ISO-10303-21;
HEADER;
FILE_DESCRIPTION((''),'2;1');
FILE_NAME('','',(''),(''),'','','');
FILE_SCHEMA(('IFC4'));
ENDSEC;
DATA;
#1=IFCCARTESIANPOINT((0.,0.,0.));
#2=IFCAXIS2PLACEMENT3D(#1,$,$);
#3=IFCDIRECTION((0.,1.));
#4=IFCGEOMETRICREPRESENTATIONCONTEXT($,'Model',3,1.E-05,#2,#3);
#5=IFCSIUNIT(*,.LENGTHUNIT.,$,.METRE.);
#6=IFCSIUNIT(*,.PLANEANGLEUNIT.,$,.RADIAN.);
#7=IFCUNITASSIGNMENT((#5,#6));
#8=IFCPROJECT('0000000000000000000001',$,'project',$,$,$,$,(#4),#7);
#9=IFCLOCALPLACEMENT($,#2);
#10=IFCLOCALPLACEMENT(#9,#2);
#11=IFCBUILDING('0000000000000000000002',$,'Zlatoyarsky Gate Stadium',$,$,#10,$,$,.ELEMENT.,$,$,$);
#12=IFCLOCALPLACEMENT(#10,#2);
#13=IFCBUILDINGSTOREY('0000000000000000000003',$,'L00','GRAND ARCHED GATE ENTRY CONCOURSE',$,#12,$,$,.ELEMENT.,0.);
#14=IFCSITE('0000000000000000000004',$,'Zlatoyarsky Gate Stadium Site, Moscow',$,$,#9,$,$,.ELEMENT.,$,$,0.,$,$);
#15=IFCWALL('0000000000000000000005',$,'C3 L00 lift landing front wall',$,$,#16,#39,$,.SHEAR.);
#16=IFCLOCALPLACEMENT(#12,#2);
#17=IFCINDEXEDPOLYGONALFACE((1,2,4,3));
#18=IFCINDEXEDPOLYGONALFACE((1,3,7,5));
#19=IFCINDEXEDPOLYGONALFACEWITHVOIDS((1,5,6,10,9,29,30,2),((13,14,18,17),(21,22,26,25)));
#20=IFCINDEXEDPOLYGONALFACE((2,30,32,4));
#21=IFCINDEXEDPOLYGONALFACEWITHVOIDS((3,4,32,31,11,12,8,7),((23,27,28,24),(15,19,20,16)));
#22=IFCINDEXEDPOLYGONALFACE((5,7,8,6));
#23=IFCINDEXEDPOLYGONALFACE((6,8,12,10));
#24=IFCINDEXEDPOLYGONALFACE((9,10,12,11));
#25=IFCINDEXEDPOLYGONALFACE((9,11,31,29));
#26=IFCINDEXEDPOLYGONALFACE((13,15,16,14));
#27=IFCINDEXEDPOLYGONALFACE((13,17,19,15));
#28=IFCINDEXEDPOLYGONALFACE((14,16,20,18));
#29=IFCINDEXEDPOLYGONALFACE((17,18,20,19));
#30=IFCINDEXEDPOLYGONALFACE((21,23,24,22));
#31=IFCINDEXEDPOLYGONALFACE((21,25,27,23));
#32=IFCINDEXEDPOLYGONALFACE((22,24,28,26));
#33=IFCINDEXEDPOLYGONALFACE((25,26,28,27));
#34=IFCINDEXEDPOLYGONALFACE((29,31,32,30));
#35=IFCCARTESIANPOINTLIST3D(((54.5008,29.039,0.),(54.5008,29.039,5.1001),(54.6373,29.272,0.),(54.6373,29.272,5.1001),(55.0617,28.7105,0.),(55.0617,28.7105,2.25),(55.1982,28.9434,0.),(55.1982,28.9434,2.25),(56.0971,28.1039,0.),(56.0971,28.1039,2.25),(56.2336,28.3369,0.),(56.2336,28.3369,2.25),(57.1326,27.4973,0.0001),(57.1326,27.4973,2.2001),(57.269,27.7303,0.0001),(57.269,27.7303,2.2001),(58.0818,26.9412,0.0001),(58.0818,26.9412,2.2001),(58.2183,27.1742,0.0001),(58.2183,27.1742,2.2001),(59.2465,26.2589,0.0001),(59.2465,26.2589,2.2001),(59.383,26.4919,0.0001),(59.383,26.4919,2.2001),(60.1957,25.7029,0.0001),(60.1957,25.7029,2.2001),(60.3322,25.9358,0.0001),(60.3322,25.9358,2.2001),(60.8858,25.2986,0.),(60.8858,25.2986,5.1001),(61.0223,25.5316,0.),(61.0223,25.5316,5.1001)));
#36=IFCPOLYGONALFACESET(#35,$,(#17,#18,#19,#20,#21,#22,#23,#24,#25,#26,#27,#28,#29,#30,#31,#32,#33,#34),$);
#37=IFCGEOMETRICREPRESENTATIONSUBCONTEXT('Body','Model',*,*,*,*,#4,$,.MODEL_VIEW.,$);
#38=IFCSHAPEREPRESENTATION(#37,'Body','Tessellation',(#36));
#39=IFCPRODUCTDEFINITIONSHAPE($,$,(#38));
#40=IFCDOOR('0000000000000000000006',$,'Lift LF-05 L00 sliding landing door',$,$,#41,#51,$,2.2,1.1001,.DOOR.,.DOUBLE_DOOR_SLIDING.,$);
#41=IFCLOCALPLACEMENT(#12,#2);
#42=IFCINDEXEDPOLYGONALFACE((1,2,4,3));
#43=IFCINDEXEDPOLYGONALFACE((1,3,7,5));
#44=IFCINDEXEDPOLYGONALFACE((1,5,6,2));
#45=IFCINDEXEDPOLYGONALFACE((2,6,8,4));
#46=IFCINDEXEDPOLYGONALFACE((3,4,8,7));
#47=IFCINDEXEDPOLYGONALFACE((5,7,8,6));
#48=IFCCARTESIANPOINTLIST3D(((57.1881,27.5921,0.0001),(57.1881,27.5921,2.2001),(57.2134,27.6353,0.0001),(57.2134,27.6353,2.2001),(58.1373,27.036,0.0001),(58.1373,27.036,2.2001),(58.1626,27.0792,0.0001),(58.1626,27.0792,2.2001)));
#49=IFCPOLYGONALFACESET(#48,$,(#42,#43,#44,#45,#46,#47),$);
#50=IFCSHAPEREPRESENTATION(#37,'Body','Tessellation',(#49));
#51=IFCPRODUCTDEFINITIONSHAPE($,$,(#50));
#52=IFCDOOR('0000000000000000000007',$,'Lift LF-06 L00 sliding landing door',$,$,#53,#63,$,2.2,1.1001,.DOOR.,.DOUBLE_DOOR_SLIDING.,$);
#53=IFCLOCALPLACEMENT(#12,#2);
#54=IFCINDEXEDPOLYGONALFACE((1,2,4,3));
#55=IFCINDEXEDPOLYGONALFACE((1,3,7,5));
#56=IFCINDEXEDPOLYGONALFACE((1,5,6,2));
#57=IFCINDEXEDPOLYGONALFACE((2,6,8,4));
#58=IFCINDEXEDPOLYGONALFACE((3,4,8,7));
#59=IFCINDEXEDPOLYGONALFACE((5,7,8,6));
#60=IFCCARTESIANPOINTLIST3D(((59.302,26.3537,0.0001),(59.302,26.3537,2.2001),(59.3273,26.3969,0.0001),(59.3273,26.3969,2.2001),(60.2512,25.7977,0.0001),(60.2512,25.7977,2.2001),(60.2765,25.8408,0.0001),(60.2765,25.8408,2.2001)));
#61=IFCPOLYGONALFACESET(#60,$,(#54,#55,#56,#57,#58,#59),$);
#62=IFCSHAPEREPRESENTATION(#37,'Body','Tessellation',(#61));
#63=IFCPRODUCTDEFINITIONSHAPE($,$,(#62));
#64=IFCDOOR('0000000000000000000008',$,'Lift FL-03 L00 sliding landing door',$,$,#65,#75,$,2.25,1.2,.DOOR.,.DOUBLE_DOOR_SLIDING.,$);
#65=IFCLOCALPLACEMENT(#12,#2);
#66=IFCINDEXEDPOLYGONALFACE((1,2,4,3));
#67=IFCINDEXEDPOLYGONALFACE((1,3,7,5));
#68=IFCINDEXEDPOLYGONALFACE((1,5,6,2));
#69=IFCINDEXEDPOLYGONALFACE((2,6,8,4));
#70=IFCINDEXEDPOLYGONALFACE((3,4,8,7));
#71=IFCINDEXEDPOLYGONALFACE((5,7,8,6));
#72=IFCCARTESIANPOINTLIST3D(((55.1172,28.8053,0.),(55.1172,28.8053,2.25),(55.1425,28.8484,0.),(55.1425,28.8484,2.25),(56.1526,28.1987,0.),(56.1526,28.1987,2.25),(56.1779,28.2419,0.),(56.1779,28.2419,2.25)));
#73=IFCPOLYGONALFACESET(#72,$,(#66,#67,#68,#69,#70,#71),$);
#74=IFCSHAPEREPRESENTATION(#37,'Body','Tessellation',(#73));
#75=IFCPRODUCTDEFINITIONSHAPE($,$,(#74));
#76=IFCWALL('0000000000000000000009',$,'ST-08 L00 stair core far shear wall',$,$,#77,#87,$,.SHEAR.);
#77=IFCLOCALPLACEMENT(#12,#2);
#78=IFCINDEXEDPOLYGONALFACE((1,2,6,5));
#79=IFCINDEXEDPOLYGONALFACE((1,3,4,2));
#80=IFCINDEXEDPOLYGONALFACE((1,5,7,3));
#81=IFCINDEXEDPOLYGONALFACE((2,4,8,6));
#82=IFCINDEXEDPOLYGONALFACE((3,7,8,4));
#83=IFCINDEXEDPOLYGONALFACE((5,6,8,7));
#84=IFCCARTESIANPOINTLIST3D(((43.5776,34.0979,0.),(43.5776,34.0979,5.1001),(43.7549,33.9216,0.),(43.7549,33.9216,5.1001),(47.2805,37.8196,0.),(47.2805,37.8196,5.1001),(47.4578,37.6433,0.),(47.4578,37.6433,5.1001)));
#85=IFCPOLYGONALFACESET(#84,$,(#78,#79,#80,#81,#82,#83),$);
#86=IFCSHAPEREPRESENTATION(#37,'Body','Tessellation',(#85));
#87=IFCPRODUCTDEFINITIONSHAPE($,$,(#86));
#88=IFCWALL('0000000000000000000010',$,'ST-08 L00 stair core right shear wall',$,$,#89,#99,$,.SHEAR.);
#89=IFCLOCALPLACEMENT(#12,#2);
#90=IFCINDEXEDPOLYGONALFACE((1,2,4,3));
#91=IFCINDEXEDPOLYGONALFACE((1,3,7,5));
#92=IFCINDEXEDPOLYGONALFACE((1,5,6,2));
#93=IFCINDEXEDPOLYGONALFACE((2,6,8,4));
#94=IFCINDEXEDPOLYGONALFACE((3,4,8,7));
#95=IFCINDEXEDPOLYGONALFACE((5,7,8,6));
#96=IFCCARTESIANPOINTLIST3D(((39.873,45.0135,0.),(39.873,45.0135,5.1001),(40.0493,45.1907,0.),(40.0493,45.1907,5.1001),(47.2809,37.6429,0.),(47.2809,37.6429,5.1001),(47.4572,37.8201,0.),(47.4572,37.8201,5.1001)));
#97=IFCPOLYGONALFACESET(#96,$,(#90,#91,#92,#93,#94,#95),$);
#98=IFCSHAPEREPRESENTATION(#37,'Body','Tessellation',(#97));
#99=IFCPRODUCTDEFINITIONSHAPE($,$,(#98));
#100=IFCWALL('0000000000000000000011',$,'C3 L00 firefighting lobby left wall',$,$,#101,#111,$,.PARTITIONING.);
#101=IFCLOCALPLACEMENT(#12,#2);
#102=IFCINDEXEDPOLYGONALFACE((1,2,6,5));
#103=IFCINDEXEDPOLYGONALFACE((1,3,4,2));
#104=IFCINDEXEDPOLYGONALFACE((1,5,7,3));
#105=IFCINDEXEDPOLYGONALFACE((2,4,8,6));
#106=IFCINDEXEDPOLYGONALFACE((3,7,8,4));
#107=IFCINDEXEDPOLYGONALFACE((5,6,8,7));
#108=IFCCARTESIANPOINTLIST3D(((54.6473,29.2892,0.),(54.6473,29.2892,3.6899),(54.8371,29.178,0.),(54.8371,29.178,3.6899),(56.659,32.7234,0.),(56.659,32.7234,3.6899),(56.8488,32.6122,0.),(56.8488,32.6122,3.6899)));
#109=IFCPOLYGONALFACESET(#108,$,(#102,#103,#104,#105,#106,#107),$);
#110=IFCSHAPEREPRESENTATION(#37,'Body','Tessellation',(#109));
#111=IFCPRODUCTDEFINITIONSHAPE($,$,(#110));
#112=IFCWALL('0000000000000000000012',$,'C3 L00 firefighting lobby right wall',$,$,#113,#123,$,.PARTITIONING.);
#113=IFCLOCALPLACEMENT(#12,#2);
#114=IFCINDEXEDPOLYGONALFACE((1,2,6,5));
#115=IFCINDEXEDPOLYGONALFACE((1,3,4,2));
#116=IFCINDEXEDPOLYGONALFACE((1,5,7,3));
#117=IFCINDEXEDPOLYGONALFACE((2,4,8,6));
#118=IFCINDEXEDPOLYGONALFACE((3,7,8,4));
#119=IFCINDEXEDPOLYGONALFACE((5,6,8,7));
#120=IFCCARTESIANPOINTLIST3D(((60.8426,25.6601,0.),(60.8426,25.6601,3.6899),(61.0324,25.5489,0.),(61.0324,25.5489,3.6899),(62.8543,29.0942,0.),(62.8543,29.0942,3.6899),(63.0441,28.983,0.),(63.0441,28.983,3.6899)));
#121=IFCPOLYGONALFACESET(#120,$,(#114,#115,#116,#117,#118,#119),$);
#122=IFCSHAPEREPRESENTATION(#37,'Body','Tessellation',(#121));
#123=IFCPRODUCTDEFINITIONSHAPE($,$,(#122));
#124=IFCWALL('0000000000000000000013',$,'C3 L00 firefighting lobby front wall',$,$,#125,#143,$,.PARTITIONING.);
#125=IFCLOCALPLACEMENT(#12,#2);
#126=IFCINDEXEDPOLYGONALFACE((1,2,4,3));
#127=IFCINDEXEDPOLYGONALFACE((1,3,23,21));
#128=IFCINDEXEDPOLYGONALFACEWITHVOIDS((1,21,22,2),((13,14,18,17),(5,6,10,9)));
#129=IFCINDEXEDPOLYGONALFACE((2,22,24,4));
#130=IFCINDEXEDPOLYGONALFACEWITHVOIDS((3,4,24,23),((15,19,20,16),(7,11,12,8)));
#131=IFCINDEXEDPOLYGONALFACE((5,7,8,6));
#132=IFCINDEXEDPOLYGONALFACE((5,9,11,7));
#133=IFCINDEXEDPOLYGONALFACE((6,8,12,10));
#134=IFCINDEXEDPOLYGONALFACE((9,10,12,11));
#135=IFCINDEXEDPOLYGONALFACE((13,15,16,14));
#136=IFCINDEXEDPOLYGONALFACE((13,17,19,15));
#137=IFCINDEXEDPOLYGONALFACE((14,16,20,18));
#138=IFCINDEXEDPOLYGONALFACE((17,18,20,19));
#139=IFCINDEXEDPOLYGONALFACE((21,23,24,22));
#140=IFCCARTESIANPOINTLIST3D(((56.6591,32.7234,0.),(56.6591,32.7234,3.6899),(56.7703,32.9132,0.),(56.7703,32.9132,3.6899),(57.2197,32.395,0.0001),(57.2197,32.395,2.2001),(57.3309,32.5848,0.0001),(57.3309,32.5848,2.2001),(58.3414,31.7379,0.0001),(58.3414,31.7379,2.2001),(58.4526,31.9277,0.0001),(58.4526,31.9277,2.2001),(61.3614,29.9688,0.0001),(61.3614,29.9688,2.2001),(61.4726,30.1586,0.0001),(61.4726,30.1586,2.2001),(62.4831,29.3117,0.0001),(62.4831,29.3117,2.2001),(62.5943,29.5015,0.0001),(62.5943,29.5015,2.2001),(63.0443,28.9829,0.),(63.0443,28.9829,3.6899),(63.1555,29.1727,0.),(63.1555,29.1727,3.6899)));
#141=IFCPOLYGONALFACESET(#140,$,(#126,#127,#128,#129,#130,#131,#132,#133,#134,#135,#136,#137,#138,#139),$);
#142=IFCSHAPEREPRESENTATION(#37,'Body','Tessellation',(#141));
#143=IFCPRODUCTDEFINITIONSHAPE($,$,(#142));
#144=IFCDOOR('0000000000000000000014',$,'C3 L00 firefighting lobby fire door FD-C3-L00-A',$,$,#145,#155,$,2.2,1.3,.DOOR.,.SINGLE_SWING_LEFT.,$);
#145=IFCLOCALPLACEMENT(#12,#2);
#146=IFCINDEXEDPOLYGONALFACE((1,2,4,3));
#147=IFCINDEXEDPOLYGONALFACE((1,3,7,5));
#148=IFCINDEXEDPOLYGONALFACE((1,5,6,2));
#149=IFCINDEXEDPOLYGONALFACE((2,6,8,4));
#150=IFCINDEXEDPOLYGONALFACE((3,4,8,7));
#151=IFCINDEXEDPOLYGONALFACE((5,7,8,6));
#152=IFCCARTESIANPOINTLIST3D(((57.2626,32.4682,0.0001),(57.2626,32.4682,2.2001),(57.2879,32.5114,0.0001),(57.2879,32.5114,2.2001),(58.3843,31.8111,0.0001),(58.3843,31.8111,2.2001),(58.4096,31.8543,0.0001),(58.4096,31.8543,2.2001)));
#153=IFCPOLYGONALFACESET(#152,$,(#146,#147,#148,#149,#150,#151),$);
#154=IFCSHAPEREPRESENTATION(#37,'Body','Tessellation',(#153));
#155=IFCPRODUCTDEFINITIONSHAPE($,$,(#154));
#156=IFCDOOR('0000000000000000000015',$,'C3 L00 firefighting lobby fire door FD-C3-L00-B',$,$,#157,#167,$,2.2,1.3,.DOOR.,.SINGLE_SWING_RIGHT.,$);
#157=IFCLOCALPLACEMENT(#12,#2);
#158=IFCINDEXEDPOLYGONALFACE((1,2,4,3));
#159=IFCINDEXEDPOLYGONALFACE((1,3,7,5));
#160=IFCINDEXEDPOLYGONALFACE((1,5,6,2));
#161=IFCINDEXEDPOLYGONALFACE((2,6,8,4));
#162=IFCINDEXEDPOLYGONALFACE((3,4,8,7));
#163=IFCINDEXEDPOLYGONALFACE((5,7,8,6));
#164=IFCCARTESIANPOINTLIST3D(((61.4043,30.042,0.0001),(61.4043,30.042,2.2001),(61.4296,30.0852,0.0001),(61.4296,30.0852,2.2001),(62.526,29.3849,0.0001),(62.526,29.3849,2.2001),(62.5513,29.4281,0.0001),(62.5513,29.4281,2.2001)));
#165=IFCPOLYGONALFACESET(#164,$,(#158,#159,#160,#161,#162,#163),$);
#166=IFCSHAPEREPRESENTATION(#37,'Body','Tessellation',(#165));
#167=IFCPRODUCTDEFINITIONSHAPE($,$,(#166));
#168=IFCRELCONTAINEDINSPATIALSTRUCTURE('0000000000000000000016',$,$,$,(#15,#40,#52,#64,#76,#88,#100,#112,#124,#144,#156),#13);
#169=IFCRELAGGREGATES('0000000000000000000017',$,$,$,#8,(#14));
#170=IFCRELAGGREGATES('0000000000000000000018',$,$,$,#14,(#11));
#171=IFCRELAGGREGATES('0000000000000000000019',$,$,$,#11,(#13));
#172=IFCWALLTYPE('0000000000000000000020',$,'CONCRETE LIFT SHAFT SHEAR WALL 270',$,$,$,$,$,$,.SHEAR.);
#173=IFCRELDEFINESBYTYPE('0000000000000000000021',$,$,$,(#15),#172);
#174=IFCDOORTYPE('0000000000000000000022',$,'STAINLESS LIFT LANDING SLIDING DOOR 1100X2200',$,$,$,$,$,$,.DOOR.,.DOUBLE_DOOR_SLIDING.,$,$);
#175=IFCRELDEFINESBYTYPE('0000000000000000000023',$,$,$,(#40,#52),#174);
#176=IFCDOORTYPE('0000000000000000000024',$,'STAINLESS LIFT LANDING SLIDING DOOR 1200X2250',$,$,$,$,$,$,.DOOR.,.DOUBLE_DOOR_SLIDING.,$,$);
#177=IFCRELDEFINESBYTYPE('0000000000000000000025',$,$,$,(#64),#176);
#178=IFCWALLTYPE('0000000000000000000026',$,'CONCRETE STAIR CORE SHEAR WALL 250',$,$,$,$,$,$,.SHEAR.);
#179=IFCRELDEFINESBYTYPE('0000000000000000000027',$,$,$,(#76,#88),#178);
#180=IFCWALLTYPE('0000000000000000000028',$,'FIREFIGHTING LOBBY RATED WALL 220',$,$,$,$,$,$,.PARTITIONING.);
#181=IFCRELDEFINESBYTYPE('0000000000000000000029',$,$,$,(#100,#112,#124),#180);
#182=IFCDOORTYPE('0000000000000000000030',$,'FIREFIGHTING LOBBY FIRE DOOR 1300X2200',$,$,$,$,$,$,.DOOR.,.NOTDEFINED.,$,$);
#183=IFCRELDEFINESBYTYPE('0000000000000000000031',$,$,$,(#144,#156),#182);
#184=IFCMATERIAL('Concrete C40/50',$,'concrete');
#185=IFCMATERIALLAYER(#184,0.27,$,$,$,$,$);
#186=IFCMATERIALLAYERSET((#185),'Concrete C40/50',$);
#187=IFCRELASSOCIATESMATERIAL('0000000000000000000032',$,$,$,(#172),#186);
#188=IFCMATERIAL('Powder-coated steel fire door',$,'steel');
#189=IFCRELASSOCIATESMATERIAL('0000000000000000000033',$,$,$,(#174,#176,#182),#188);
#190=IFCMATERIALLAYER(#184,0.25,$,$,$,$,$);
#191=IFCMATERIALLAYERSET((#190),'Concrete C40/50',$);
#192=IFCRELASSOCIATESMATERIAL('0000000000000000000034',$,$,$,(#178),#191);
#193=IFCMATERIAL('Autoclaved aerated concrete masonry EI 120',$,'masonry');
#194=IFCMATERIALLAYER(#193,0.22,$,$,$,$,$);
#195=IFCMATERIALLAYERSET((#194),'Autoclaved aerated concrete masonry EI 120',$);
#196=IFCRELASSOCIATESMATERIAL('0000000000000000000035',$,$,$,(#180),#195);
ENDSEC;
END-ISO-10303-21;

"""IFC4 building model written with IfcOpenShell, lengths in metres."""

from ifc_helpers import new_model, si_unit, direction, frame, frame_2d, origin, place, context, subcontext, project, spatial, rectangle, extrude, material, layer, layer_set, type_object, element, fill, save


model = new_model("IFC4")

# Units and contexts
model_context = context("Model", 3, precision=1e-05, world=origin(), true_north=direction((0.0, 1.0)))
body_context = subcontext(model_context, "Body", "Model", "MODEL_VIEW")
ifc_project = project(units=[si_unit("LENGTHUNIT", "METRE"), si_unit("PLANEANGLEUNIT", "RADIAN")], contexts=[model_context])

# Site, building, storey
site_placement = place(None, origin())
site = spatial("IfcSite", under=ifc_project, at=site_placement, Name="Zlatoyarsky Gate Stadium Site, Moscow", CompositionType="ELEMENT", RefElevation=0.0)
building_placement = place(site_placement, origin())
building = spatial("IfcBuilding", under=site, at=building_placement, Name="Zlatoyarsky Gate Stadium", CompositionType="ELEMENT")
storey_placement = place(building_placement, origin())
storey = spatial("IfcBuildingStorey", under=building, at=storey_placement, Name="L00", Description="GRAND ARCHED GATE ENTRY CONCOURSE", CompositionType="ELEMENT", Elevation=0.0)

# Shared definitions
ifc_material_1 = material(Name="Concrete C40/50", Category="concrete")

# Shared definitions
ifc_layer_1 = layer(ifc_material_1, 0.27)
ifc_layer_set_1 = layer_set([ifc_layer_1], Name="Concrete C40/50")
wall_type_1 = type_object("IfcWallType", Name="CONCRETE LIFT SHAFT SHEAR WALL 270", PredefinedType="SHEAR", material=ifc_layer_set_1)

# Wall, openings, doors
wall_1_placement = place(storey_placement, frame((54.5691, 29.1555, 0.0), z_axis=(0.0, 0.0, 1.0), x_axis=(0.862843, -0.505472, 0.0)))
wall_1 = element("IfcWall", 1, at=wall_1_placement, inside=storey, type_object=wall_type_1, Name="C3 L00 lift landing front wall", PredefinedType="SHEAR", context=body_context, shape_type="SweptSolid", body=[
    extrude(rectangle(XDim=7.3999, YDim=0.27, at=frame_2d((3.7, 0.0))), origin(), (0.0, 0.0, 1.0), 5.1001),
])
opening_1_placement = place(wall_1_placement, frame((0.6499, 0.0, 0.0)))
opening_1 = element("IfcOpeningElement", 2, at=opening_1_placement, cuts=wall_1, PredefinedType="OPENING", context=body_context, shape_type="SweptSolid", body=[
    extrude(rectangle(XDim=1.2, YDim=2.25, at=frame_2d((0.6001, 1.125))), frame((0.0, 0.145, 0.0), z_axis=(0.0, -1.0, 0.0), x_axis=(1.0, 0.0, 0.0)), (0.0, 0.0, 1.0), 0.29),
])
opening_2_placement = place(wall_1_placement, frame((3.05, 0.0, 0.0)))
opening_2 = element("IfcOpeningElement", 3, at=opening_2_placement, cuts=wall_1, PredefinedType="OPENING", context=body_context, shape_type="SweptSolid", body=[
    extrude(rectangle(XDim=1.1001, YDim=2.2, at=frame_2d((0.55, 1.1001))), frame((0.0, 0.145, 0.0), z_axis=(0.0, -1.0, 0.0), x_axis=(1.0, 0.0, 0.0)), (0.0, 0.0, 1.0), 0.29),
])
opening_3_placement = place(wall_1_placement, frame((5.5, 0.0, 0.0)))
opening_3 = element("IfcOpeningElement", 4, at=opening_3_placement, cuts=wall_1, PredefinedType="OPENING", context=body_context, shape_type="SweptSolid", body=[
    extrude(rectangle(XDim=1.1001, YDim=2.2, at=frame_2d((0.55, 1.1001))), frame((0.0, 0.145, 0.0), z_axis=(0.0, -1.0, 0.0), x_axis=(1.0, 0.0, 0.0)), (0.0, 0.0, 1.0), 0.29),
])
ifc_material_2 = material(Name="Powder-coated steel fire door", Category="steel")
door_type_1 = type_object("IfcDoorType", Name="STAINLESS LIFT LANDING SLIDING DOOR 1100X2200", OperationType="DOUBLE_DOOR_SLIDING", PredefinedType="DOOR", material=ifc_material_2)
door_1_placement = place(opening_2_placement, origin())
door_1 = element("IfcDoor", 5, at=door_1_placement, inside=storey, type_object=door_type_1, Name="Lift LF-05 L00 sliding landing door", OperationType="DOUBLE_DOOR_SLIDING", OverallHeight=2.2, OverallWidth=1.1001, PredefinedType="DOOR", context=body_context, shape_type="SweptSolid", body=[
    extrude(rectangle(XDim=1.1001, YDim=2.2, at=frame_2d((0.55, 1.1001))), frame((0.0, 0.0249, 0.0), z_axis=(0.0, -1.0, 0.0), x_axis=(1.0, 0.0, 0.0)), (0.0, 0.0, 1.0), 0.05),
])
fill(opening_2, door_1)
door_2_placement = place(opening_3_placement, origin())
door_2 = element("IfcDoor", 6, at=door_2_placement, inside=storey, type_object=door_type_1, Name="Lift LF-06 L00 sliding landing door", OperationType="DOUBLE_DOOR_SLIDING", OverallHeight=2.2, OverallWidth=1.1001, PredefinedType="DOOR", context=body_context, shape_type="SweptSolid", body=[
    extrude(rectangle(XDim=1.1001, YDim=2.2, at=frame_2d((0.55, 1.1001))), frame((0.0, 0.0249, 0.0), z_axis=(0.0, -1.0, 0.0), x_axis=(1.0, 0.0, 0.0)), (0.0, 0.0, 1.0), 0.05),
])
fill(opening_3, door_2)
door_type_2 = type_object("IfcDoorType", Name="STAINLESS LIFT LANDING SLIDING DOOR 1200X2250", OperationType="DOUBLE_DOOR_SLIDING", PredefinedType="DOOR", material=ifc_material_2)
door_3_placement = place(opening_1_placement, origin())
door_3 = element("IfcDoor", 7, at=door_3_placement, inside=storey, type_object=door_type_2, Name="Lift FL-03 L00 sliding landing door", OperationType="DOUBLE_DOOR_SLIDING", OverallHeight=2.25, OverallWidth=1.2, PredefinedType="DOOR", context=body_context, shape_type="SweptSolid", body=[
    extrude(rectangle(XDim=1.2, YDim=2.25, at=frame_2d((0.6001, 1.125))), frame((0.0, 0.0249, 0.0), z_axis=(0.0, -1.0, 0.0), x_axis=(1.0, 0.0, 0.0)), (0.0, 0.0, 1.0), 0.05),
])
fill(opening_1, door_3)

# Walls
ifc_layer_2 = layer(ifc_material_1, 0.25)
ifc_layer_set_2 = layer_set([ifc_layer_2], Name="Concrete C40/50")
wall_type_2 = type_object("IfcWallType", Name="CONCRETE STAIR CORE SHEAR WALL 250", PredefinedType="SHEAR", material=ifc_layer_set_2)
wall_2_placement = place(storey_placement, frame((43.6663, 34.0098, 0.0), z_axis=(0.0, 0.0, 1.0), x_axis=(0.705314, 0.708895, 0.0)))
element("IfcWall", 8, at=wall_2_placement, inside=storey, type_object=wall_type_2, Name="ST-08 L00 stair core far shear wall", PredefinedType="SHEAR", context=body_context, shape_type="SweptSolid", body=[
    extrude(rectangle(XDim=5.25, YDim=0.25, at=frame_2d((2.625, 0.0))), origin(), (0.0, 0.0, 1.0), 5.1001),
])
wall_3_placement = place(storey_placement, frame((47.3691, 37.7314, 0.0), z_axis=(0.0, 0.0, 1.0), x_axis=(-0.708892, 0.705317, 0.0)))
element("IfcWall", 9, at=wall_3_placement, inside=storey, type_object=wall_type_2, Name="ST-08 L00 stair core right shear wall", PredefinedType="SHEAR", context=body_context, shape_type="SweptSolid", body=[
    extrude(rectangle(XDim=10.45, YDim=0.25, at=frame_2d((5.2251, 0.0))), origin(), (0.0, 0.0, 1.0), 5.1001),
])
ifc_material_3 = material(Name="Autoclaved aerated concrete masonry EI 120", Category="masonry")
ifc_layer_3 = layer(ifc_material_3, 0.22)
ifc_layer_set_3 = layer_set([ifc_layer_3], Name="Autoclaved aerated concrete masonry EI 120")
wall_type_3 = type_object("IfcWallType", Name="FIREFIGHTING LOBBY RATED WALL 220", PredefinedType="PARTITIONING", material=ifc_layer_set_3)
for number, where, z_axis, x_axis, name in (
    (10, (54.7422, 29.2336, 0.0), (0.0, 0.0, 1.0), (0.505464, 0.862847, 0.0), "C3 L00 firefighting lobby left wall"),
    (11, (60.9375, 25.6045, 0.0), (0.0, 0.0, 1.0), (0.505464, 0.862847, 0.0), "C3 L00 firefighting lobby right wall"),
):
    element("IfcWall", number, at=place(storey_placement, frame(where, z_axis=z_axis, x_axis=x_axis)), inside=storey, type_object=wall_type_3, Name=name, PredefinedType="PARTITIONING", context=body_context, shape_type="SweptSolid", body=[
        extrude(rectangle(XDim=3.98, YDim=0.22, at=frame_2d((1.99, 0.0))), origin(), (0.0, 0.0, 1.0), 3.6899),
    ])

# Wall, openings, doors
wall_4_placement = place(storey_placement, frame((56.7146, 32.8184, 0.0), z_axis=(0.0, 0.0, 1.0), x_axis=(0.862851, -0.505458, 0.0)))
wall_4 = element("IfcWall", 12, at=wall_4_placement, inside=storey, type_object=wall_type_3, Name="C3 L00 firefighting lobby front wall", PredefinedType="PARTITIONING", context=body_context, shape_type="SweptSolid", body=[
    extrude(rectangle(XDim=7.4001, YDim=0.22, at=frame_2d((3.7002, 0.0))), origin(), (0.0, 0.0, 1.0), 3.6899),
])
opening_4_placement = place(wall_4_placement, frame((0.6499, 0.0, 0.0)))
opening_4 = element("IfcOpeningElement", 13, at=opening_4_placement, cuts=wall_4, PredefinedType="OPENING", context=body_context, shape_type="SweptSolid", body=[
    extrude(rectangle(XDim=1.3, YDim=2.2, at=frame_2d((0.6499, 1.1001))), frame((0.0, 0.1199, 0.0), z_axis=(0.0, -1.0, 0.0), x_axis=(1.0, 0.0, 0.0)), (0.0, 0.0, 1.0), 0.24),
])
opening_5_placement = place(wall_4_placement, frame((5.45, 0.0, 0.0)))
opening_5 = element("IfcOpeningElement", 14, at=opening_5_placement, cuts=wall_4, PredefinedType="OPENING", context=body_context, shape_type="SweptSolid", body=[
    extrude(rectangle(XDim=1.3, YDim=2.2, at=frame_2d((0.6499, 1.1001))), frame((0.0, 0.1199, 0.0), z_axis=(0.0, -1.0, 0.0), x_axis=(1.0, 0.0, 0.0)), (0.0, 0.0, 1.0), 0.24),
])
door_type_3 = type_object("IfcDoorType", Name="FIREFIGHTING LOBBY FIRE DOOR 1300X2200", OperationType="NOTDEFINED", PredefinedType="DOOR", material=ifc_material_2)
door_4_placement = place(opening_4_placement, origin())
door_4 = element("IfcDoor", 15, at=door_4_placement, inside=storey, type_object=door_type_3, Name="C3 L00 firefighting lobby fire door FD-C3-L00-A", OperationType="SINGLE_SWING_LEFT", OverallHeight=2.2, OverallWidth=1.3, PredefinedType="DOOR", context=body_context, shape_type="SweptSolid", body=[
    extrude(rectangle(XDim=1.3, YDim=2.2, at=frame_2d((0.6499, 1.1001))), frame((0.0, 0.0249, 0.0), z_axis=(0.0, -1.0, 0.0), x_axis=(1.0, 0.0, 0.0)), (0.0, 0.0, 1.0), 0.05),
])
fill(opening_4, door_4)
door_5_placement = place(opening_5_placement, origin())
door_5 = element("IfcDoor", 16, at=door_5_placement, inside=storey, type_object=door_type_3, Name="C3 L00 firefighting lobby fire door FD-C3-L00-B", OperationType="SINGLE_SWING_RIGHT", OverallHeight=2.2, OverallWidth=1.3, PredefinedType="DOOR", context=body_context, shape_type="SweptSolid", body=[
    extrude(rectangle(XDim=1.3, YDim=2.2, at=frame_2d((0.6499, 1.1001))), frame((0.0, 0.0249, 0.0), z_axis=(0.0, -1.0, 0.0), x_axis=(1.0, 0.0, 0.0)), (0.0, 0.0, 1.0), 0.05),
])
fill(opening_5, door_5)

save(model, "model.ifc")
